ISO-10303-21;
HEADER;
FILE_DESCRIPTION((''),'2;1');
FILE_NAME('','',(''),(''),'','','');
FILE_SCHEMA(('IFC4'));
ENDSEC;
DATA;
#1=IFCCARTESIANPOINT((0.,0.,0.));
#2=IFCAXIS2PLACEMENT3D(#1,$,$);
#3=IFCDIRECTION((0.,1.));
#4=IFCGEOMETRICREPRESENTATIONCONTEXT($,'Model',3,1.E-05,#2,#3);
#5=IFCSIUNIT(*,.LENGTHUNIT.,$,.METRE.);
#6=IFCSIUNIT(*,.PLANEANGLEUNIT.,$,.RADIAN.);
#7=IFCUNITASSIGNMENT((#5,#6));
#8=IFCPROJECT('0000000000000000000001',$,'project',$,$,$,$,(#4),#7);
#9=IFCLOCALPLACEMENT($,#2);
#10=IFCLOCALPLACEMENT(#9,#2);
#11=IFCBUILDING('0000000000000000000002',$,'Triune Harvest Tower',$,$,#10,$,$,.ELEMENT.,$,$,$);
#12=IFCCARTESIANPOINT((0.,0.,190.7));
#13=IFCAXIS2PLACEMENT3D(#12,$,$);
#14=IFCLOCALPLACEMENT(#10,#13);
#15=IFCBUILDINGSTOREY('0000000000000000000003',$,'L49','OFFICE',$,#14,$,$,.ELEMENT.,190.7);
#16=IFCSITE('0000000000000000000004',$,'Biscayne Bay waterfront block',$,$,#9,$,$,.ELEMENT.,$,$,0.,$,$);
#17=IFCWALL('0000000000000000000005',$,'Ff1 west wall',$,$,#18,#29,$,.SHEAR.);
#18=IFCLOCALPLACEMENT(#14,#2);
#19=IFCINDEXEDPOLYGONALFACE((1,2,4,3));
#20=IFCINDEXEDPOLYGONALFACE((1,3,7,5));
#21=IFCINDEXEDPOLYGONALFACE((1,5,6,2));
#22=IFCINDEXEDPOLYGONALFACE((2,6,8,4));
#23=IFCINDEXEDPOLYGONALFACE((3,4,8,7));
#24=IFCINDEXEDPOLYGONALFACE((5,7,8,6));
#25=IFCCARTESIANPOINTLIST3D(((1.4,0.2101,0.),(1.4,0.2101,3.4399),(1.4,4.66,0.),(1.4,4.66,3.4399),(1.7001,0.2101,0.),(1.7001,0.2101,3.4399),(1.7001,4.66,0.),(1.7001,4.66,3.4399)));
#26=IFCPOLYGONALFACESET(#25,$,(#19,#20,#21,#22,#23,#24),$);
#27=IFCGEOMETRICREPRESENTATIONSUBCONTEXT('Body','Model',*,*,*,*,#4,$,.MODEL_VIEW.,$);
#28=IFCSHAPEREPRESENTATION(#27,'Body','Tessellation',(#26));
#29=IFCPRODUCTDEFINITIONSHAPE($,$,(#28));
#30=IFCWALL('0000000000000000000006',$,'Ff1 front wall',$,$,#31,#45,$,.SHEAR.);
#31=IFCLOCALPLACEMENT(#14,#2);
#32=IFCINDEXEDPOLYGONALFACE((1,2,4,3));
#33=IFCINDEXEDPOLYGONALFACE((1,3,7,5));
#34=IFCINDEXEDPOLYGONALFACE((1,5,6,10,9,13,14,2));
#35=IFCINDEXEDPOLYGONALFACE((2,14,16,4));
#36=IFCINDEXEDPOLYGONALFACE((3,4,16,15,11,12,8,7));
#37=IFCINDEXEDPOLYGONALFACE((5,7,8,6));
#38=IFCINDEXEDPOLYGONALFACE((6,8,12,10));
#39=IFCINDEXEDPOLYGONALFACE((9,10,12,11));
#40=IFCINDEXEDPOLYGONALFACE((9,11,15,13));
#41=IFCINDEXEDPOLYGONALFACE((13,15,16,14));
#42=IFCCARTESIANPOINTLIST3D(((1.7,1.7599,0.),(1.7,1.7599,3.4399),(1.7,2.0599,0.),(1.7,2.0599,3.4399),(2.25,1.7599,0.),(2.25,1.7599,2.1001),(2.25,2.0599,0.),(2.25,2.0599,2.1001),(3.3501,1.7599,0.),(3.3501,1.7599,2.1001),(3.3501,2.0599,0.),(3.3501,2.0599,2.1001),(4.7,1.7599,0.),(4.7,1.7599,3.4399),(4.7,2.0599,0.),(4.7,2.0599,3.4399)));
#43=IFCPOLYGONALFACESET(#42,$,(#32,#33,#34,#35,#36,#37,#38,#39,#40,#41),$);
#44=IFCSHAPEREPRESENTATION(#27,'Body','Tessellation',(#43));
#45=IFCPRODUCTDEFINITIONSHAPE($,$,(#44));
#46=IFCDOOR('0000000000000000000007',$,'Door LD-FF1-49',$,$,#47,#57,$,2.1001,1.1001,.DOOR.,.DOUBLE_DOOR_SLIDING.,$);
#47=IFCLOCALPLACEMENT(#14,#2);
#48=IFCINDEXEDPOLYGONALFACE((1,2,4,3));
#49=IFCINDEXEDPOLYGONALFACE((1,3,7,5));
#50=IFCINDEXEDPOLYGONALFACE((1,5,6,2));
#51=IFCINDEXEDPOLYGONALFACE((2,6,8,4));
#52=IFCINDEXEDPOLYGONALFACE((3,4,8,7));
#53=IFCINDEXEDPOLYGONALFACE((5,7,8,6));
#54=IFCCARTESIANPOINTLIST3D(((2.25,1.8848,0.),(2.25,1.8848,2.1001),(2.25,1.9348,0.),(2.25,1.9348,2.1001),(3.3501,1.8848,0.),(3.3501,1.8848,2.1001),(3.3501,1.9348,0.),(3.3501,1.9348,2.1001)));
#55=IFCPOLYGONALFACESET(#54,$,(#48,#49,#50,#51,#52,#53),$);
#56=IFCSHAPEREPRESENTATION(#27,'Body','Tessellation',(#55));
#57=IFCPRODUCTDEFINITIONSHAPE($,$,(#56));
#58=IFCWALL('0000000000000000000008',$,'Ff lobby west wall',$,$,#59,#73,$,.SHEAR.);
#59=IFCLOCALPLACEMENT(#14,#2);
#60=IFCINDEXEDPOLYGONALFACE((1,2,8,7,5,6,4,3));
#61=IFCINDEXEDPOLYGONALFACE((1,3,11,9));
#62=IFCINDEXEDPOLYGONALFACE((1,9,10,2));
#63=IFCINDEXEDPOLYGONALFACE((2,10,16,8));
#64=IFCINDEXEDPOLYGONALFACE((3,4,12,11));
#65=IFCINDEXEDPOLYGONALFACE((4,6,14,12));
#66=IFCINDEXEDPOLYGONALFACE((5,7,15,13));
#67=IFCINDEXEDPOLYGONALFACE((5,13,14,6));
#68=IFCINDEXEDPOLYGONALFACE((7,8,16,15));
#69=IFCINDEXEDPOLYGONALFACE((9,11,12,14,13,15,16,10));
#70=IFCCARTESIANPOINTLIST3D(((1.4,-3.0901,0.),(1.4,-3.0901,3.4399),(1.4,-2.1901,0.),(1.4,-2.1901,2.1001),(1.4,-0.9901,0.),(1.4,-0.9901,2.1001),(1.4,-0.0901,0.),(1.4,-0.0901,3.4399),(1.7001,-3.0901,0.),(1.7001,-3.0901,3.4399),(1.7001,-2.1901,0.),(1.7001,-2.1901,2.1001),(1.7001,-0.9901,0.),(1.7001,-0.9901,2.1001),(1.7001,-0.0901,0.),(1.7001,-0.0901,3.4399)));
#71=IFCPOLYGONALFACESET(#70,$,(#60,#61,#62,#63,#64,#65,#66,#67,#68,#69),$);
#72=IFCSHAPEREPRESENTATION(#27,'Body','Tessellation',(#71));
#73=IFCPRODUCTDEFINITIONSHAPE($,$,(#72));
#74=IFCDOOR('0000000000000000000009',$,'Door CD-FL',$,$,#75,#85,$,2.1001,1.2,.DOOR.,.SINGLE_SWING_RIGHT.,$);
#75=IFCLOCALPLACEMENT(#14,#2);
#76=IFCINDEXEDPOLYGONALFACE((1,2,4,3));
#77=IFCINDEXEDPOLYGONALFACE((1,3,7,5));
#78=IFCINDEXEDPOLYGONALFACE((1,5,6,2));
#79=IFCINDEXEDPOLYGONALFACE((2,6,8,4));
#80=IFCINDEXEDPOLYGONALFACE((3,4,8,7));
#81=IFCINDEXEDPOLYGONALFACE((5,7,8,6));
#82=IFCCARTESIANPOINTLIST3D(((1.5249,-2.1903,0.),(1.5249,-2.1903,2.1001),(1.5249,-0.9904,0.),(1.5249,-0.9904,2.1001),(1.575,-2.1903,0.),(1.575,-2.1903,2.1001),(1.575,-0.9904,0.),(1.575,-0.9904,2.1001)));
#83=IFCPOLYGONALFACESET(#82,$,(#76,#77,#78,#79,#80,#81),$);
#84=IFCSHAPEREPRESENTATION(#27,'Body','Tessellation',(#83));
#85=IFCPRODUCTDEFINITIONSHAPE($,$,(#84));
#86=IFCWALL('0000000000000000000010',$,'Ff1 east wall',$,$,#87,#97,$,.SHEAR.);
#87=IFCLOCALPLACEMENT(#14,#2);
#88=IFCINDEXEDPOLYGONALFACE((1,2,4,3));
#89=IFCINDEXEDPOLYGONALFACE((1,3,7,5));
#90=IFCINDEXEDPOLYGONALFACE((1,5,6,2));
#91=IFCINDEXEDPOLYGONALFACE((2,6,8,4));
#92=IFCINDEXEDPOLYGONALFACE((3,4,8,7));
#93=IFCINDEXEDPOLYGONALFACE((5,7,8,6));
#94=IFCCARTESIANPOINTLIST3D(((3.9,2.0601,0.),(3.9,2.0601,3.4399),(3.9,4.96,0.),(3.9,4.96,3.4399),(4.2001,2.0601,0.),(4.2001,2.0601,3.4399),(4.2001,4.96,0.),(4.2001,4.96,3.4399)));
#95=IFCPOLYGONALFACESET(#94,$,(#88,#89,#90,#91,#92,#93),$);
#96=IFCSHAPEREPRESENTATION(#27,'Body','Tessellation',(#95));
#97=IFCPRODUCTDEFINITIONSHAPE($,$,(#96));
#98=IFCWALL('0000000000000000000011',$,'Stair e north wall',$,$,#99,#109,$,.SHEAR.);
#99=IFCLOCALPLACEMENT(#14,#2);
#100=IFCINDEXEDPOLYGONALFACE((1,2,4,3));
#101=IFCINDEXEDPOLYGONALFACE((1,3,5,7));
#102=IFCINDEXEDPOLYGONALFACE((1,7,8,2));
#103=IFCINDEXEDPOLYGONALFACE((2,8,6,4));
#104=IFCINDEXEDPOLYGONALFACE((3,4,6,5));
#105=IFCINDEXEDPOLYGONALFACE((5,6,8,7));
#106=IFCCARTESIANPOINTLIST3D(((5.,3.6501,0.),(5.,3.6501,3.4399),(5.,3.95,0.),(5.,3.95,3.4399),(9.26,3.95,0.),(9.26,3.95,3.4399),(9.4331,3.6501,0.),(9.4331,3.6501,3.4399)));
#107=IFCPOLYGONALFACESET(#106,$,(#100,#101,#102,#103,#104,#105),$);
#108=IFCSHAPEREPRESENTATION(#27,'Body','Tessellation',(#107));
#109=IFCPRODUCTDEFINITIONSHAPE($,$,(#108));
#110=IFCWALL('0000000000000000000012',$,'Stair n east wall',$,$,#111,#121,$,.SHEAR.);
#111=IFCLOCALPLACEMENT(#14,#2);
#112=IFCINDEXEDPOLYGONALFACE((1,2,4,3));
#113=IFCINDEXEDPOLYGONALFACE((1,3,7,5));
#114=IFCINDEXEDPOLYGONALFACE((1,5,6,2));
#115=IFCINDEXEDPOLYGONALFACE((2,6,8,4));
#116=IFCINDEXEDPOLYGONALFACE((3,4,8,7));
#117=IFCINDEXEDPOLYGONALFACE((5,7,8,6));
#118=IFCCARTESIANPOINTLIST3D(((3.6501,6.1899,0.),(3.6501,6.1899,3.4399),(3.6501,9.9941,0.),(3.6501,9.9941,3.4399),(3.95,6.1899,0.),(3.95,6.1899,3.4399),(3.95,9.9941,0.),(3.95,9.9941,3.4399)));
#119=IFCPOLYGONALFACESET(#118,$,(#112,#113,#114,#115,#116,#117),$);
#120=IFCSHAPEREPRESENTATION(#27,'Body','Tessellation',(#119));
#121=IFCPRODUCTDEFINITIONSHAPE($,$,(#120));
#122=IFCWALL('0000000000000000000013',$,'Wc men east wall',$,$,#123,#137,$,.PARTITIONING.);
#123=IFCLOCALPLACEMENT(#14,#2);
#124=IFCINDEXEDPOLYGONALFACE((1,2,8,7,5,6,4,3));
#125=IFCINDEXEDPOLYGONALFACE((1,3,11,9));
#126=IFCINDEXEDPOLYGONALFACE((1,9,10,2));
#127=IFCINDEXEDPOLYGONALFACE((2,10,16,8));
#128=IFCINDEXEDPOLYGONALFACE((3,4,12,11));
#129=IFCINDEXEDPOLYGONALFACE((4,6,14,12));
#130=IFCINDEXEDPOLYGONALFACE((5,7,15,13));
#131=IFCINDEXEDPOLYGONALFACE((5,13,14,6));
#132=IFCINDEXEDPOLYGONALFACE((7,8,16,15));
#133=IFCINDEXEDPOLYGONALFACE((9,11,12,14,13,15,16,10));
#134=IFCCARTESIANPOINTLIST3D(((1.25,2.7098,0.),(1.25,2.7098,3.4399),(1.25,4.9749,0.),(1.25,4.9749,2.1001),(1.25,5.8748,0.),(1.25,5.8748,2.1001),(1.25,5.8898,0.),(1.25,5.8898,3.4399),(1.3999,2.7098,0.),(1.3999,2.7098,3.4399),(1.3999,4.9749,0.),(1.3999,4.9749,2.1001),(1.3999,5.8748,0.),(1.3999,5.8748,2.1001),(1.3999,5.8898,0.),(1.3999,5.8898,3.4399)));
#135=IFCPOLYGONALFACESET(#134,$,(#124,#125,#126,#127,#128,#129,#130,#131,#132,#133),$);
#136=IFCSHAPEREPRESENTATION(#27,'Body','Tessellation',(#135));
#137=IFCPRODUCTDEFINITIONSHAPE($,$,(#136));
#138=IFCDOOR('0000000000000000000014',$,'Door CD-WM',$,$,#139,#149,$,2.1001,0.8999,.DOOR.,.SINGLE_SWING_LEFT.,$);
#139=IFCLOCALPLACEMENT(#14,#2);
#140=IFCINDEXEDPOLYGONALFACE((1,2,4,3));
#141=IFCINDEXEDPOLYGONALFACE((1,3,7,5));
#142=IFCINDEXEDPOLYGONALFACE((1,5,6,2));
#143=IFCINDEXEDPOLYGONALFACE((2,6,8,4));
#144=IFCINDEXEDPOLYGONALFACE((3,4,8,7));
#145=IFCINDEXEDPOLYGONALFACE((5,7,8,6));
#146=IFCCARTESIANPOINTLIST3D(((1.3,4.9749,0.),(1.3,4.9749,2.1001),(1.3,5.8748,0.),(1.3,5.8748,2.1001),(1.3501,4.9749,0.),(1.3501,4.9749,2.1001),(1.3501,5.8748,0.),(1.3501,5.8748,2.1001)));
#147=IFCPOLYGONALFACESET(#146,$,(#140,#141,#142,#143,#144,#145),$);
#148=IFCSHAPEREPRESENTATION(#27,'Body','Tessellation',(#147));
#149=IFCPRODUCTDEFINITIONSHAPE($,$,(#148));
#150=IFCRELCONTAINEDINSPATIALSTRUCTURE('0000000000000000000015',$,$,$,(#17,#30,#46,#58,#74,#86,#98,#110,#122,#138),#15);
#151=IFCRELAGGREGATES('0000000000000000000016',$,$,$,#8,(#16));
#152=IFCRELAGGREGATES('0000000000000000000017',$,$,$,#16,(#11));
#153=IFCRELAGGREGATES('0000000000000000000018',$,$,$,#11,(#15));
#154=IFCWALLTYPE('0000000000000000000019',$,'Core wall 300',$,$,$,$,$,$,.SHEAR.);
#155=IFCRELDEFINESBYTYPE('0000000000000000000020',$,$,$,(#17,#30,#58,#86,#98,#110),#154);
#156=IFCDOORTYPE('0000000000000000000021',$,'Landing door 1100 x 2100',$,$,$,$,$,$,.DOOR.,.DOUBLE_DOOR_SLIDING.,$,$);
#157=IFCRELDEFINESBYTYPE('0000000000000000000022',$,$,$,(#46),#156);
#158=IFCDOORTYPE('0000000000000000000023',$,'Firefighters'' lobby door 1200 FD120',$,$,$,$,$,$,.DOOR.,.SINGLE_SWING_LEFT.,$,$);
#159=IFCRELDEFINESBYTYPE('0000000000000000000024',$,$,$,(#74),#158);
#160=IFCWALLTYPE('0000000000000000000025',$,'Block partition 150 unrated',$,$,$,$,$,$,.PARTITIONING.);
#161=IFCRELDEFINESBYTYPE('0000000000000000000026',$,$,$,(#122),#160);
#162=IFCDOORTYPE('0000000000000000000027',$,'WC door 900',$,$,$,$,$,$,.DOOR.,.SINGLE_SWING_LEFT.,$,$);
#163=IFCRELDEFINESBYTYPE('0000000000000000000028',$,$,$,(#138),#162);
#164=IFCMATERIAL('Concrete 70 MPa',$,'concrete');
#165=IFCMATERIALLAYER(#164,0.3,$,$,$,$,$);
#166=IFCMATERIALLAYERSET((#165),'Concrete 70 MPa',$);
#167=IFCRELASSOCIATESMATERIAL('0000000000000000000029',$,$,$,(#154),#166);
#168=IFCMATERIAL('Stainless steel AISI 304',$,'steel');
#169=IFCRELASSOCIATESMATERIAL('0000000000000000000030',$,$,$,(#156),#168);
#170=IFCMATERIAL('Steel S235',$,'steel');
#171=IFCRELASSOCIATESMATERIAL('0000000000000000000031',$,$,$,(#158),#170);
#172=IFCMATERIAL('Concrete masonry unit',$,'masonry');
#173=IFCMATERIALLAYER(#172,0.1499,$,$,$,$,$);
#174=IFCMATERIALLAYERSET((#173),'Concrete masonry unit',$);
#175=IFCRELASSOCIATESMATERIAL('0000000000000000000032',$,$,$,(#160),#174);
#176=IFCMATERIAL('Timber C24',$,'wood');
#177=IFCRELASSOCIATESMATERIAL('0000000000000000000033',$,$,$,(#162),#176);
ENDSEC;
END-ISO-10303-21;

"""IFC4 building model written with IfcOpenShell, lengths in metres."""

from ifc_helpers import new_model, si_unit, direction, frame, frame_2d, origin, place, context, subcontext, project, spatial, polyline, rectangle, outline, extrude, source, transform, mapped, material, layer, layer_set, type_object, element, fill, save


model = new_model("IFC4")

# Units and contexts
model_context = context("Model", 3, precision=1e-05, world=origin(), true_north=direction((0.0, 1.0)))
body_context = subcontext(model_context, "Body", "Model", "MODEL_VIEW")
ifc_project = project(units=[si_unit("LENGTHUNIT", "METRE"), si_unit("PLANEANGLEUNIT", "RADIAN")], contexts=[model_context])

# Site, building, storey
site_placement = place(None, origin())
site = spatial("IfcSite", under=ifc_project, at=site_placement, Name="Biscayne Bay waterfront block", CompositionType="ELEMENT", RefElevation=0.0)
building_placement = place(site_placement, origin())
building = spatial("IfcBuilding", under=site, at=building_placement, Name="Triune Harvest Tower", CompositionType="ELEMENT")
storey_placement = place(building_placement, frame((0.0, 0.0, 190.7)))
storey = spatial("IfcBuildingStorey", under=building, at=storey_placement, Name="L49", Description="OFFICE", CompositionType="ELEMENT", Elevation=190.7)

# Wall
ifc_material_1 = material(Name="Concrete 70 MPa", Category="concrete")
ifc_layer_1 = layer(ifc_material_1, 0.3)
ifc_layer_set_1 = layer_set([ifc_layer_1], Name="Concrete 70 MPa")
wall_type_1 = type_object("IfcWallType", Name="Core wall 300", PredefinedType="SHEAR", material=ifc_layer_set_1)
shared_shape_1 = source(origin(), body_context, "Body", "SweptSolid", [
    extrude(rectangle(XDim=4.45, YDim=0.3, at=frame_2d((2.2251, 0.0))), origin(), (0.0, 0.0, 1.0), 3.4399),
])
wall_1_placement = place(storey_placement, frame((1.55, 0.21, 0.0), z_axis=(0.0, 0.0, 1.0), x_axis=(0.0, 1.0, 0.0)))
element("IfcWall", 1, at=wall_1_placement, inside=storey, type_object=wall_type_1, Name="Ff1 west wall", PredefinedType="SHEAR", context=body_context, shape_type="MappedRepresentation", body=[
    mapped(shared_shape_1, transform((0.0, 0.0, 0.0), scale=1.0)),
])

# Walls, openings, doors
shared_shape_2 = source(origin(), body_context, "Body", "SweptSolid", [
    extrude(rectangle(XDim=3.0, YDim=0.3, at=frame_2d((1.5, 0.0))), origin(), (0.0, 0.0, 1.0), 3.4399),
])
wall_2_placement = place(storey_placement, frame((1.7, 1.9099, 0.0), z_axis=(0.0, 0.0, 1.0), x_axis=(1.0, 0.0, 0.0)))
wall_2 = element("IfcWall", 2, at=wall_2_placement, inside=storey, type_object=wall_type_1, Name="Ff1 front wall", PredefinedType="SHEAR", context=body_context, shape_type="MappedRepresentation", body=[
    mapped(shared_shape_2, transform((0.0, 0.0, 0.0), scale=1.0)),
])
opening_1_placement = place(wall_2_placement, frame((0.55, 0.0, 0.0)))
opening_1 = element("IfcOpeningElement", 3, at=opening_1_placement, cuts=wall_2, PredefinedType="OPENING", context=body_context, shape_type="SweptSolid", body=[
    extrude(rectangle(XDim=1.1001, YDim=2.1001, at=frame_2d((0.55, 1.05))), frame((0.0, 0.1602, 0.0), z_axis=(0.0, -1.0, 0.0), x_axis=(1.0, 0.0, 0.0)), (0.0, 0.0, 1.0), 0.3201),
])
ifc_material_2 = material(Name="Stainless steel AISI 304", Category="steel")
door_type_1 = type_object("IfcDoorType", Name="Landing door 1100 x 2100", OperationType="DOUBLE_DOOR_SLIDING", PredefinedType="DOOR", material=ifc_material_2)
door_1_placement = place(opening_1_placement, origin())
door_1 = element("IfcDoor", 4, at=door_1_placement, inside=storey, type_object=door_type_1, Name="Door LD-FF1-49", OperationType="DOUBLE_DOOR_SLIDING", OverallHeight=2.1001, OverallWidth=1.1001, PredefinedType="DOOR", context=body_context, shape_type="SweptSolid", body=[
    extrude(rectangle(XDim=1.1001, YDim=2.1001, at=frame_2d((0.55, 1.05))), frame((0.0, 0.0249, 0.0), z_axis=(0.0, -1.0, 0.0), x_axis=(1.0, 0.0, 0.0)), (0.0, 0.0, 1.0), 0.05),
])
fill(opening_1, door_1)
wall_3_placement = place(storey_placement, frame((1.55, -3.0901, 0.0), z_axis=(0.0, 0.0, 1.0), x_axis=(0.0, 1.0, 0.0)))
wall_3 = element("IfcWall", 5, at=wall_3_placement, inside=storey, type_object=wall_type_1, Name="Ff lobby west wall", PredefinedType="SHEAR", context=body_context, shape_type="MappedRepresentation", body=[
    mapped(shared_shape_2, transform((0.0, 0.0, 0.0), scale=1.0)),
])
opening_2_placement = place(wall_3_placement, frame((0.8999, 0.0, 0.0)))
opening_2 = element("IfcOpeningElement", 6, at=opening_2_placement, cuts=wall_3, PredefinedType="OPENING", context=body_context, shape_type="SweptSolid", body=[
    extrude(rectangle(XDim=1.2, YDim=2.1001, at=frame_2d((0.6001, 1.05))), frame((0.0, 0.1602, 0.0), z_axis=(0.0, -1.0, 0.0), x_axis=(1.0, 0.0, 0.0)), (0.0, 0.0, 1.0), 0.3201),
])
ifc_material_3 = material(Name="Steel S235", Category="steel")
door_type_2 = type_object("IfcDoorType", Name="Firefighters' lobby door 1200 FD120", OperationType="SINGLE_SWING_LEFT", PredefinedType="DOOR", material=ifc_material_3)
door_2_placement = place(opening_2_placement, frame((1.2, 0.0, 0.0), z_axis=(0.0, 0.0, 1.0), x_axis=(-1.0, 0.0, 0.0)))
door_2 = element("IfcDoor", 7, at=door_2_placement, inside=storey, type_object=door_type_2, Name="Door CD-FL", OperationType="SINGLE_SWING_RIGHT", OverallHeight=2.1001, OverallWidth=1.2, PredefinedType="DOOR", context=body_context, shape_type="SweptSolid", body=[
    extrude(rectangle(XDim=1.2, YDim=2.1001, at=frame_2d((0.6001, 1.05))), frame((0.0, 0.0249, 0.0), z_axis=(0.0, -1.0, 0.0), x_axis=(1.0, 0.0, 0.0)), (0.0, 0.0, 1.0), 0.05),
])
fill(opening_2, door_2)

# Walls
shared_shape_3 = source(origin(), body_context, "Body", "SweptSolid", [
    extrude(rectangle(XDim=2.8999, YDim=0.3, at=frame_2d((1.45, 0.0))), origin(), (0.0, 0.0, 1.0), 3.4399),
])
wall_4_placement = place(storey_placement, frame((4.05, 2.0601, 0.0), z_axis=(0.0, 0.0, 1.0), x_axis=(0.0, 1.0, 0.0)))
element("IfcWall", 8, at=wall_4_placement, inside=storey, type_object=wall_type_1, Name="Ff1 east wall", PredefinedType="SHEAR", context=body_context, shape_type="MappedRepresentation", body=[
    mapped(shared_shape_3, transform((0.0, 0.0, 0.0), scale=1.0)),
])
shared_shape_4 = source(origin(), body_context, "Body", "SweptSolid", [
    extrude(outline(polyline([(0.0, -0.1499), (0.0, 0.1499), (4.26, 0.1499), (4.4331, -0.1499), (0.0, -0.1499)])), origin(), (0.0, 0.0, 1.0), 3.4399),
])
wall_5_placement = place(storey_placement, frame((5.0, 3.8, 0.0), z_axis=(0.0, 0.0, 1.0), x_axis=(1.0, 0.0, 0.0)))
element("IfcWall", 9, at=wall_5_placement, inside=storey, type_object=wall_type_1, Name="Stair e north wall", PredefinedType="SHEAR", context=body_context, shape_type="MappedRepresentation", body=[
    mapped(shared_shape_4, transform((0.0, 0.0, 0.0), scale=1.0)),
])
shared_shape_5 = source(origin(), body_context, "Body", "SweptSolid", [
    extrude(outline(polyline([(0.0, -0.1499), (0.0, 0.1499), (3.8042, 0.1499), (3.8042, -0.1499), (0.0, -0.1499)])), origin(), (0.0, 0.0, 1.0), 3.4399),
])
wall_6_placement = place(storey_placement, frame((3.8, 6.1899, 0.0), z_axis=(0.0, 0.0, 1.0), x_axis=(0.0, 1.0, 0.0)))
element("IfcWall", 10, at=wall_6_placement, inside=storey, type_object=wall_type_1, Name="Stair n east wall", PredefinedType="SHEAR", context=body_context, shape_type="MappedRepresentation", body=[
    mapped(shared_shape_5, transform((0.0, 0.0, 0.0), scale=1.0)),
])

# Wall, opening, door
ifc_material_4 = material(Name="Concrete masonry unit", Category="masonry")
ifc_layer_2 = layer(ifc_material_4, 0.1499)
ifc_layer_set_2 = layer_set([ifc_layer_2], Name="Concrete masonry unit")
wall_type_2 = type_object("IfcWallType", Name="Block partition 150 unrated", PredefinedType="PARTITIONING", material=ifc_layer_set_2)
shared_shape_6 = source(origin(), body_context, "Body", "SweptSolid", [
    extrude(rectangle(XDim=3.1799, YDim=0.1499, at=frame_2d((1.5898, 0.0))), origin(), (0.0, 0.0, 1.0), 3.4399),
])
wall_7_placement = place(storey_placement, frame((1.325, 2.71, 0.0), z_axis=(0.0, 0.0, 1.0), x_axis=(0.0, 1.0, 0.0)))
wall_7 = element("IfcWall", 11, at=wall_7_placement, inside=storey, type_object=wall_type_2, Name="Wc men east wall", PredefinedType="PARTITIONING", context=body_context, shape_type="MappedRepresentation", body=[
    mapped(shared_shape_6, transform((0.0, 0.0, 0.0), scale=1.0)),
])
opening_3_placement = place(wall_7_placement, frame((2.2649, 0.0, 0.0)))
opening_3 = element("IfcOpeningElement", 12, at=opening_3_placement, cuts=wall_7, PredefinedType="OPENING", context=body_context, shape_type="SweptSolid", body=[
    extrude(rectangle(XDim=0.8999, YDim=2.1001, at=frame_2d((0.45, 1.05))), frame((0.0, 0.085, 0.0), z_axis=(0.0, -1.0, 0.0), x_axis=(1.0, 0.0, 0.0)), (0.0, 0.0, 1.0), 0.1699),
])
ifc_material_5 = material(Name="Timber C24", Category="wood")
door_type_3 = type_object("IfcDoorType", Name="WC door 900", OperationType="SINGLE_SWING_LEFT", PredefinedType="DOOR", material=ifc_material_5)
door_3_placement = place(opening_3_placement, origin())
door_3 = element("IfcDoor", 13, at=door_3_placement, inside=storey, type_object=door_type_3, Name="Door CD-WM", OperationType="SINGLE_SWING_LEFT", OverallHeight=2.1001, OverallWidth=0.8999, PredefinedType="DOOR", context=body_context, shape_type="SweptSolid", body=[
    extrude(rectangle(XDim=0.8999, YDim=2.1001, at=frame_2d((0.45, 1.05))), frame((0.0, 0.0249, 0.0), z_axis=(0.0, -1.0, 0.0), x_axis=(1.0, 0.0, 0.0)), (0.0, 0.0, 1.0), 0.05),
])
fill(opening_3, door_3)

save(model, "model.ifc")
